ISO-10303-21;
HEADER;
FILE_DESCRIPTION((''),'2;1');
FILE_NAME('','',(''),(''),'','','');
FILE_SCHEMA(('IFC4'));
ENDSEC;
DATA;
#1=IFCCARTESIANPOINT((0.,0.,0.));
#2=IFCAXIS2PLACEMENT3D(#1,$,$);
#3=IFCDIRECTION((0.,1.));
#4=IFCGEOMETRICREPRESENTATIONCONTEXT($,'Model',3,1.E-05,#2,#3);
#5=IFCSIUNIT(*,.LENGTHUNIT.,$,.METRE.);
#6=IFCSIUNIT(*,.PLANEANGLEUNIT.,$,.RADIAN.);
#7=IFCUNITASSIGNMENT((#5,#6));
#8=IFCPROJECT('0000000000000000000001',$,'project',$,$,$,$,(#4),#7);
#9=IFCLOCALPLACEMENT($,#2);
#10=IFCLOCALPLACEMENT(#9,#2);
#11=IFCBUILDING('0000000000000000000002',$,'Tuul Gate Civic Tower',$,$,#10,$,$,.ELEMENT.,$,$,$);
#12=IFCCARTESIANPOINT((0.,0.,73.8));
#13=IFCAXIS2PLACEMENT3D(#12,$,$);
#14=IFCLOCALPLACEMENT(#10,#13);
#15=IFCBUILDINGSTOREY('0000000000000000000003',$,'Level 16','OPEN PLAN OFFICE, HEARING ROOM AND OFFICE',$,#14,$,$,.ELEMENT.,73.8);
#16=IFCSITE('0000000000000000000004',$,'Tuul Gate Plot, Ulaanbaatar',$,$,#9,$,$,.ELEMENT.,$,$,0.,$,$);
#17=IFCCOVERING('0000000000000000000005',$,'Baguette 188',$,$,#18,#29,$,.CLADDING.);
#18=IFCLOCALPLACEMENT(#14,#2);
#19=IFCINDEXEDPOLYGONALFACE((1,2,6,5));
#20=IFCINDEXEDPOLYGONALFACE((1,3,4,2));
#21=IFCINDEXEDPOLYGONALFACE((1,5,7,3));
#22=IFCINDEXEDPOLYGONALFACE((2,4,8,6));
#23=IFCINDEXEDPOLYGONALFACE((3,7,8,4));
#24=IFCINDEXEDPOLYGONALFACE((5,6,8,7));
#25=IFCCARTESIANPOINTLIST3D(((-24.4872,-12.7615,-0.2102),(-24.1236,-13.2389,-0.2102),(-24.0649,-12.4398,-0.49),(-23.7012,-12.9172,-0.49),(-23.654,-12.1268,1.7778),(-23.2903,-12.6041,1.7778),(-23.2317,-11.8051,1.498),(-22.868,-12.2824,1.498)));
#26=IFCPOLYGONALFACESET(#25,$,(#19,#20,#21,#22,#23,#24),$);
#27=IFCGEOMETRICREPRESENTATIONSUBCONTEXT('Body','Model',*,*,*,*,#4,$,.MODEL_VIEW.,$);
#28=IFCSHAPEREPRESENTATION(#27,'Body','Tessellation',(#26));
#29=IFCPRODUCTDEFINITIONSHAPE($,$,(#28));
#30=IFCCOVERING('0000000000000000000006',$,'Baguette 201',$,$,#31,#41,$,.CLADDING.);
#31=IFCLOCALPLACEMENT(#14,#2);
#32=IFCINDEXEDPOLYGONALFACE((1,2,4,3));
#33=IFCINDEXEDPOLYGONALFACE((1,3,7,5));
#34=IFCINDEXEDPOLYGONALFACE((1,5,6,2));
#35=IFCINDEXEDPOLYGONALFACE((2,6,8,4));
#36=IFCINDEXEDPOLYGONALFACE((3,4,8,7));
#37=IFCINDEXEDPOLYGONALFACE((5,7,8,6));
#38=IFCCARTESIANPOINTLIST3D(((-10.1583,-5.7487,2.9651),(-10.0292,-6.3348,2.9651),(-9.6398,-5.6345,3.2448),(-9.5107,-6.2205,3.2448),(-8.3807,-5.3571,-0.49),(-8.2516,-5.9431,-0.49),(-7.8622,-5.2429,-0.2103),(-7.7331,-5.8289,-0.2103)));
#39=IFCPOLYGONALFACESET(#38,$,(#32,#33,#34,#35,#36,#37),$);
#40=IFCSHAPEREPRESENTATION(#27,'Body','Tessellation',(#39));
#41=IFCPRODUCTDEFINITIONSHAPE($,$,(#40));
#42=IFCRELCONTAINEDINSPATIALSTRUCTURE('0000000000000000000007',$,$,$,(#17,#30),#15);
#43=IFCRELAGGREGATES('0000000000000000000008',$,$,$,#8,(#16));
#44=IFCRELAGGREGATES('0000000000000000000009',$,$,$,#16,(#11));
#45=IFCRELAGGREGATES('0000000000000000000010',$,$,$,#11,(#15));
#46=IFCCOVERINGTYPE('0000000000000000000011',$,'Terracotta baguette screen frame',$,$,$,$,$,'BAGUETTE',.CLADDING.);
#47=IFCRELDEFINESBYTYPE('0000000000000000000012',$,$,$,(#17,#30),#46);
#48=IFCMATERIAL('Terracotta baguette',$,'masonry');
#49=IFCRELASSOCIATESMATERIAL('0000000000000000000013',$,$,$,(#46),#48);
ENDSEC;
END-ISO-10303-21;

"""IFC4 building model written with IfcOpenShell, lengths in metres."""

from ifc_helpers import new_model, si_unit, direction, frame, origin, origin_2d, place, context, subcontext, project, spatial, rectangle, extrude, material, material_profile, profile_set, type_object, element, save


model = new_model("IFC4")

# Units and contexts
model_context = context("Model", 3, precision=1e-05, world=origin(), true_north=direction((0.0, 1.0)))
body_context = subcontext(model_context, "Body", "Model", "MODEL_VIEW")
ifc_project = project(units=[si_unit("LENGTHUNIT", "METRE"), si_unit("PLANEANGLEUNIT", "RADIAN")], contexts=[model_context])

# Site, building, storey
site_placement = place(None, origin())
site = spatial("IfcSite", under=ifc_project, at=site_placement, Name="Tuul Gate Plot, Ulaanbaatar", CompositionType="ELEMENT", RefElevation=0.0)
building_placement = place(site_placement, origin())
building = spatial("IfcBuilding", under=site, at=building_placement, Name="Tuul Gate Civic Tower", CompositionType="ELEMENT")
storey_placement = place(building_placement, frame((0.0, 0.0, 73.8)))
storey = spatial("IfcBuildingStorey", under=building, at=storey_placement, Name="Level 16", Description="OPEN PLAN OFFICE, HEARING ROOM AND OFFICE", CompositionType="ELEMENT", Elevation=73.8)

# Coverings
ifc_material_1 = material(Name="Terracotta baguette", Category="masonry")
ifc_material_profile_1 = material_profile(ifc_material_1, rectangle(XDim=0.6001, YDim=0.6001, at=origin_2d()), Name="Terracotta baguette screen frame")
ifc_profile_set_1 = profile_set([ifc_material_profile_1], Name="Terracotta baguette")
covering_type = type_object("IfcCoveringType", Name="Terracotta baguette screen frame", ElementType="BAGUETTE", PredefinedType="CLADDING", material=ifc_profile_set_1)
covering_1_placement = place(storey_placement, frame((-24.0942, -12.8394, -0.3501), z_axis=(0.37081, 0.28248, 0.884706), x_axis=(-0.605987, 0.795475, 0.0)))
element("IfcCovering", 1, at=covering_1_placement, inside=storey, type_object=covering_type, Name="Baguette 188", PredefinedType="CLADDING", context=body_context, shape_type="SweptSolid", body=[
    extrude(rectangle(XDim=0.6001, YDim=0.6001, at=origin_2d()), origin(), (0.0, 0.0, 1.0), 2.2471),
])
covering_2_placement = place(storey_placement, frame((-9.8345, -5.9846, 3.105), z_axis=(0.455183, 0.100276, -0.884734), x_axis=(-0.215141, 0.976583, 0.0)))
element("IfcCovering", 2, at=covering_2_placement, inside=storey, type_object=covering_type, Name="Baguette 201", PredefinedType="CLADDING", context=body_context, shape_type="SweptSolid", body=[
    extrude(rectangle(XDim=0.6001, YDim=0.6001, at=origin_2d()), origin(), (0.0, 0.0, 1.0), 3.9053),
])

save(model, "model.ifc")
